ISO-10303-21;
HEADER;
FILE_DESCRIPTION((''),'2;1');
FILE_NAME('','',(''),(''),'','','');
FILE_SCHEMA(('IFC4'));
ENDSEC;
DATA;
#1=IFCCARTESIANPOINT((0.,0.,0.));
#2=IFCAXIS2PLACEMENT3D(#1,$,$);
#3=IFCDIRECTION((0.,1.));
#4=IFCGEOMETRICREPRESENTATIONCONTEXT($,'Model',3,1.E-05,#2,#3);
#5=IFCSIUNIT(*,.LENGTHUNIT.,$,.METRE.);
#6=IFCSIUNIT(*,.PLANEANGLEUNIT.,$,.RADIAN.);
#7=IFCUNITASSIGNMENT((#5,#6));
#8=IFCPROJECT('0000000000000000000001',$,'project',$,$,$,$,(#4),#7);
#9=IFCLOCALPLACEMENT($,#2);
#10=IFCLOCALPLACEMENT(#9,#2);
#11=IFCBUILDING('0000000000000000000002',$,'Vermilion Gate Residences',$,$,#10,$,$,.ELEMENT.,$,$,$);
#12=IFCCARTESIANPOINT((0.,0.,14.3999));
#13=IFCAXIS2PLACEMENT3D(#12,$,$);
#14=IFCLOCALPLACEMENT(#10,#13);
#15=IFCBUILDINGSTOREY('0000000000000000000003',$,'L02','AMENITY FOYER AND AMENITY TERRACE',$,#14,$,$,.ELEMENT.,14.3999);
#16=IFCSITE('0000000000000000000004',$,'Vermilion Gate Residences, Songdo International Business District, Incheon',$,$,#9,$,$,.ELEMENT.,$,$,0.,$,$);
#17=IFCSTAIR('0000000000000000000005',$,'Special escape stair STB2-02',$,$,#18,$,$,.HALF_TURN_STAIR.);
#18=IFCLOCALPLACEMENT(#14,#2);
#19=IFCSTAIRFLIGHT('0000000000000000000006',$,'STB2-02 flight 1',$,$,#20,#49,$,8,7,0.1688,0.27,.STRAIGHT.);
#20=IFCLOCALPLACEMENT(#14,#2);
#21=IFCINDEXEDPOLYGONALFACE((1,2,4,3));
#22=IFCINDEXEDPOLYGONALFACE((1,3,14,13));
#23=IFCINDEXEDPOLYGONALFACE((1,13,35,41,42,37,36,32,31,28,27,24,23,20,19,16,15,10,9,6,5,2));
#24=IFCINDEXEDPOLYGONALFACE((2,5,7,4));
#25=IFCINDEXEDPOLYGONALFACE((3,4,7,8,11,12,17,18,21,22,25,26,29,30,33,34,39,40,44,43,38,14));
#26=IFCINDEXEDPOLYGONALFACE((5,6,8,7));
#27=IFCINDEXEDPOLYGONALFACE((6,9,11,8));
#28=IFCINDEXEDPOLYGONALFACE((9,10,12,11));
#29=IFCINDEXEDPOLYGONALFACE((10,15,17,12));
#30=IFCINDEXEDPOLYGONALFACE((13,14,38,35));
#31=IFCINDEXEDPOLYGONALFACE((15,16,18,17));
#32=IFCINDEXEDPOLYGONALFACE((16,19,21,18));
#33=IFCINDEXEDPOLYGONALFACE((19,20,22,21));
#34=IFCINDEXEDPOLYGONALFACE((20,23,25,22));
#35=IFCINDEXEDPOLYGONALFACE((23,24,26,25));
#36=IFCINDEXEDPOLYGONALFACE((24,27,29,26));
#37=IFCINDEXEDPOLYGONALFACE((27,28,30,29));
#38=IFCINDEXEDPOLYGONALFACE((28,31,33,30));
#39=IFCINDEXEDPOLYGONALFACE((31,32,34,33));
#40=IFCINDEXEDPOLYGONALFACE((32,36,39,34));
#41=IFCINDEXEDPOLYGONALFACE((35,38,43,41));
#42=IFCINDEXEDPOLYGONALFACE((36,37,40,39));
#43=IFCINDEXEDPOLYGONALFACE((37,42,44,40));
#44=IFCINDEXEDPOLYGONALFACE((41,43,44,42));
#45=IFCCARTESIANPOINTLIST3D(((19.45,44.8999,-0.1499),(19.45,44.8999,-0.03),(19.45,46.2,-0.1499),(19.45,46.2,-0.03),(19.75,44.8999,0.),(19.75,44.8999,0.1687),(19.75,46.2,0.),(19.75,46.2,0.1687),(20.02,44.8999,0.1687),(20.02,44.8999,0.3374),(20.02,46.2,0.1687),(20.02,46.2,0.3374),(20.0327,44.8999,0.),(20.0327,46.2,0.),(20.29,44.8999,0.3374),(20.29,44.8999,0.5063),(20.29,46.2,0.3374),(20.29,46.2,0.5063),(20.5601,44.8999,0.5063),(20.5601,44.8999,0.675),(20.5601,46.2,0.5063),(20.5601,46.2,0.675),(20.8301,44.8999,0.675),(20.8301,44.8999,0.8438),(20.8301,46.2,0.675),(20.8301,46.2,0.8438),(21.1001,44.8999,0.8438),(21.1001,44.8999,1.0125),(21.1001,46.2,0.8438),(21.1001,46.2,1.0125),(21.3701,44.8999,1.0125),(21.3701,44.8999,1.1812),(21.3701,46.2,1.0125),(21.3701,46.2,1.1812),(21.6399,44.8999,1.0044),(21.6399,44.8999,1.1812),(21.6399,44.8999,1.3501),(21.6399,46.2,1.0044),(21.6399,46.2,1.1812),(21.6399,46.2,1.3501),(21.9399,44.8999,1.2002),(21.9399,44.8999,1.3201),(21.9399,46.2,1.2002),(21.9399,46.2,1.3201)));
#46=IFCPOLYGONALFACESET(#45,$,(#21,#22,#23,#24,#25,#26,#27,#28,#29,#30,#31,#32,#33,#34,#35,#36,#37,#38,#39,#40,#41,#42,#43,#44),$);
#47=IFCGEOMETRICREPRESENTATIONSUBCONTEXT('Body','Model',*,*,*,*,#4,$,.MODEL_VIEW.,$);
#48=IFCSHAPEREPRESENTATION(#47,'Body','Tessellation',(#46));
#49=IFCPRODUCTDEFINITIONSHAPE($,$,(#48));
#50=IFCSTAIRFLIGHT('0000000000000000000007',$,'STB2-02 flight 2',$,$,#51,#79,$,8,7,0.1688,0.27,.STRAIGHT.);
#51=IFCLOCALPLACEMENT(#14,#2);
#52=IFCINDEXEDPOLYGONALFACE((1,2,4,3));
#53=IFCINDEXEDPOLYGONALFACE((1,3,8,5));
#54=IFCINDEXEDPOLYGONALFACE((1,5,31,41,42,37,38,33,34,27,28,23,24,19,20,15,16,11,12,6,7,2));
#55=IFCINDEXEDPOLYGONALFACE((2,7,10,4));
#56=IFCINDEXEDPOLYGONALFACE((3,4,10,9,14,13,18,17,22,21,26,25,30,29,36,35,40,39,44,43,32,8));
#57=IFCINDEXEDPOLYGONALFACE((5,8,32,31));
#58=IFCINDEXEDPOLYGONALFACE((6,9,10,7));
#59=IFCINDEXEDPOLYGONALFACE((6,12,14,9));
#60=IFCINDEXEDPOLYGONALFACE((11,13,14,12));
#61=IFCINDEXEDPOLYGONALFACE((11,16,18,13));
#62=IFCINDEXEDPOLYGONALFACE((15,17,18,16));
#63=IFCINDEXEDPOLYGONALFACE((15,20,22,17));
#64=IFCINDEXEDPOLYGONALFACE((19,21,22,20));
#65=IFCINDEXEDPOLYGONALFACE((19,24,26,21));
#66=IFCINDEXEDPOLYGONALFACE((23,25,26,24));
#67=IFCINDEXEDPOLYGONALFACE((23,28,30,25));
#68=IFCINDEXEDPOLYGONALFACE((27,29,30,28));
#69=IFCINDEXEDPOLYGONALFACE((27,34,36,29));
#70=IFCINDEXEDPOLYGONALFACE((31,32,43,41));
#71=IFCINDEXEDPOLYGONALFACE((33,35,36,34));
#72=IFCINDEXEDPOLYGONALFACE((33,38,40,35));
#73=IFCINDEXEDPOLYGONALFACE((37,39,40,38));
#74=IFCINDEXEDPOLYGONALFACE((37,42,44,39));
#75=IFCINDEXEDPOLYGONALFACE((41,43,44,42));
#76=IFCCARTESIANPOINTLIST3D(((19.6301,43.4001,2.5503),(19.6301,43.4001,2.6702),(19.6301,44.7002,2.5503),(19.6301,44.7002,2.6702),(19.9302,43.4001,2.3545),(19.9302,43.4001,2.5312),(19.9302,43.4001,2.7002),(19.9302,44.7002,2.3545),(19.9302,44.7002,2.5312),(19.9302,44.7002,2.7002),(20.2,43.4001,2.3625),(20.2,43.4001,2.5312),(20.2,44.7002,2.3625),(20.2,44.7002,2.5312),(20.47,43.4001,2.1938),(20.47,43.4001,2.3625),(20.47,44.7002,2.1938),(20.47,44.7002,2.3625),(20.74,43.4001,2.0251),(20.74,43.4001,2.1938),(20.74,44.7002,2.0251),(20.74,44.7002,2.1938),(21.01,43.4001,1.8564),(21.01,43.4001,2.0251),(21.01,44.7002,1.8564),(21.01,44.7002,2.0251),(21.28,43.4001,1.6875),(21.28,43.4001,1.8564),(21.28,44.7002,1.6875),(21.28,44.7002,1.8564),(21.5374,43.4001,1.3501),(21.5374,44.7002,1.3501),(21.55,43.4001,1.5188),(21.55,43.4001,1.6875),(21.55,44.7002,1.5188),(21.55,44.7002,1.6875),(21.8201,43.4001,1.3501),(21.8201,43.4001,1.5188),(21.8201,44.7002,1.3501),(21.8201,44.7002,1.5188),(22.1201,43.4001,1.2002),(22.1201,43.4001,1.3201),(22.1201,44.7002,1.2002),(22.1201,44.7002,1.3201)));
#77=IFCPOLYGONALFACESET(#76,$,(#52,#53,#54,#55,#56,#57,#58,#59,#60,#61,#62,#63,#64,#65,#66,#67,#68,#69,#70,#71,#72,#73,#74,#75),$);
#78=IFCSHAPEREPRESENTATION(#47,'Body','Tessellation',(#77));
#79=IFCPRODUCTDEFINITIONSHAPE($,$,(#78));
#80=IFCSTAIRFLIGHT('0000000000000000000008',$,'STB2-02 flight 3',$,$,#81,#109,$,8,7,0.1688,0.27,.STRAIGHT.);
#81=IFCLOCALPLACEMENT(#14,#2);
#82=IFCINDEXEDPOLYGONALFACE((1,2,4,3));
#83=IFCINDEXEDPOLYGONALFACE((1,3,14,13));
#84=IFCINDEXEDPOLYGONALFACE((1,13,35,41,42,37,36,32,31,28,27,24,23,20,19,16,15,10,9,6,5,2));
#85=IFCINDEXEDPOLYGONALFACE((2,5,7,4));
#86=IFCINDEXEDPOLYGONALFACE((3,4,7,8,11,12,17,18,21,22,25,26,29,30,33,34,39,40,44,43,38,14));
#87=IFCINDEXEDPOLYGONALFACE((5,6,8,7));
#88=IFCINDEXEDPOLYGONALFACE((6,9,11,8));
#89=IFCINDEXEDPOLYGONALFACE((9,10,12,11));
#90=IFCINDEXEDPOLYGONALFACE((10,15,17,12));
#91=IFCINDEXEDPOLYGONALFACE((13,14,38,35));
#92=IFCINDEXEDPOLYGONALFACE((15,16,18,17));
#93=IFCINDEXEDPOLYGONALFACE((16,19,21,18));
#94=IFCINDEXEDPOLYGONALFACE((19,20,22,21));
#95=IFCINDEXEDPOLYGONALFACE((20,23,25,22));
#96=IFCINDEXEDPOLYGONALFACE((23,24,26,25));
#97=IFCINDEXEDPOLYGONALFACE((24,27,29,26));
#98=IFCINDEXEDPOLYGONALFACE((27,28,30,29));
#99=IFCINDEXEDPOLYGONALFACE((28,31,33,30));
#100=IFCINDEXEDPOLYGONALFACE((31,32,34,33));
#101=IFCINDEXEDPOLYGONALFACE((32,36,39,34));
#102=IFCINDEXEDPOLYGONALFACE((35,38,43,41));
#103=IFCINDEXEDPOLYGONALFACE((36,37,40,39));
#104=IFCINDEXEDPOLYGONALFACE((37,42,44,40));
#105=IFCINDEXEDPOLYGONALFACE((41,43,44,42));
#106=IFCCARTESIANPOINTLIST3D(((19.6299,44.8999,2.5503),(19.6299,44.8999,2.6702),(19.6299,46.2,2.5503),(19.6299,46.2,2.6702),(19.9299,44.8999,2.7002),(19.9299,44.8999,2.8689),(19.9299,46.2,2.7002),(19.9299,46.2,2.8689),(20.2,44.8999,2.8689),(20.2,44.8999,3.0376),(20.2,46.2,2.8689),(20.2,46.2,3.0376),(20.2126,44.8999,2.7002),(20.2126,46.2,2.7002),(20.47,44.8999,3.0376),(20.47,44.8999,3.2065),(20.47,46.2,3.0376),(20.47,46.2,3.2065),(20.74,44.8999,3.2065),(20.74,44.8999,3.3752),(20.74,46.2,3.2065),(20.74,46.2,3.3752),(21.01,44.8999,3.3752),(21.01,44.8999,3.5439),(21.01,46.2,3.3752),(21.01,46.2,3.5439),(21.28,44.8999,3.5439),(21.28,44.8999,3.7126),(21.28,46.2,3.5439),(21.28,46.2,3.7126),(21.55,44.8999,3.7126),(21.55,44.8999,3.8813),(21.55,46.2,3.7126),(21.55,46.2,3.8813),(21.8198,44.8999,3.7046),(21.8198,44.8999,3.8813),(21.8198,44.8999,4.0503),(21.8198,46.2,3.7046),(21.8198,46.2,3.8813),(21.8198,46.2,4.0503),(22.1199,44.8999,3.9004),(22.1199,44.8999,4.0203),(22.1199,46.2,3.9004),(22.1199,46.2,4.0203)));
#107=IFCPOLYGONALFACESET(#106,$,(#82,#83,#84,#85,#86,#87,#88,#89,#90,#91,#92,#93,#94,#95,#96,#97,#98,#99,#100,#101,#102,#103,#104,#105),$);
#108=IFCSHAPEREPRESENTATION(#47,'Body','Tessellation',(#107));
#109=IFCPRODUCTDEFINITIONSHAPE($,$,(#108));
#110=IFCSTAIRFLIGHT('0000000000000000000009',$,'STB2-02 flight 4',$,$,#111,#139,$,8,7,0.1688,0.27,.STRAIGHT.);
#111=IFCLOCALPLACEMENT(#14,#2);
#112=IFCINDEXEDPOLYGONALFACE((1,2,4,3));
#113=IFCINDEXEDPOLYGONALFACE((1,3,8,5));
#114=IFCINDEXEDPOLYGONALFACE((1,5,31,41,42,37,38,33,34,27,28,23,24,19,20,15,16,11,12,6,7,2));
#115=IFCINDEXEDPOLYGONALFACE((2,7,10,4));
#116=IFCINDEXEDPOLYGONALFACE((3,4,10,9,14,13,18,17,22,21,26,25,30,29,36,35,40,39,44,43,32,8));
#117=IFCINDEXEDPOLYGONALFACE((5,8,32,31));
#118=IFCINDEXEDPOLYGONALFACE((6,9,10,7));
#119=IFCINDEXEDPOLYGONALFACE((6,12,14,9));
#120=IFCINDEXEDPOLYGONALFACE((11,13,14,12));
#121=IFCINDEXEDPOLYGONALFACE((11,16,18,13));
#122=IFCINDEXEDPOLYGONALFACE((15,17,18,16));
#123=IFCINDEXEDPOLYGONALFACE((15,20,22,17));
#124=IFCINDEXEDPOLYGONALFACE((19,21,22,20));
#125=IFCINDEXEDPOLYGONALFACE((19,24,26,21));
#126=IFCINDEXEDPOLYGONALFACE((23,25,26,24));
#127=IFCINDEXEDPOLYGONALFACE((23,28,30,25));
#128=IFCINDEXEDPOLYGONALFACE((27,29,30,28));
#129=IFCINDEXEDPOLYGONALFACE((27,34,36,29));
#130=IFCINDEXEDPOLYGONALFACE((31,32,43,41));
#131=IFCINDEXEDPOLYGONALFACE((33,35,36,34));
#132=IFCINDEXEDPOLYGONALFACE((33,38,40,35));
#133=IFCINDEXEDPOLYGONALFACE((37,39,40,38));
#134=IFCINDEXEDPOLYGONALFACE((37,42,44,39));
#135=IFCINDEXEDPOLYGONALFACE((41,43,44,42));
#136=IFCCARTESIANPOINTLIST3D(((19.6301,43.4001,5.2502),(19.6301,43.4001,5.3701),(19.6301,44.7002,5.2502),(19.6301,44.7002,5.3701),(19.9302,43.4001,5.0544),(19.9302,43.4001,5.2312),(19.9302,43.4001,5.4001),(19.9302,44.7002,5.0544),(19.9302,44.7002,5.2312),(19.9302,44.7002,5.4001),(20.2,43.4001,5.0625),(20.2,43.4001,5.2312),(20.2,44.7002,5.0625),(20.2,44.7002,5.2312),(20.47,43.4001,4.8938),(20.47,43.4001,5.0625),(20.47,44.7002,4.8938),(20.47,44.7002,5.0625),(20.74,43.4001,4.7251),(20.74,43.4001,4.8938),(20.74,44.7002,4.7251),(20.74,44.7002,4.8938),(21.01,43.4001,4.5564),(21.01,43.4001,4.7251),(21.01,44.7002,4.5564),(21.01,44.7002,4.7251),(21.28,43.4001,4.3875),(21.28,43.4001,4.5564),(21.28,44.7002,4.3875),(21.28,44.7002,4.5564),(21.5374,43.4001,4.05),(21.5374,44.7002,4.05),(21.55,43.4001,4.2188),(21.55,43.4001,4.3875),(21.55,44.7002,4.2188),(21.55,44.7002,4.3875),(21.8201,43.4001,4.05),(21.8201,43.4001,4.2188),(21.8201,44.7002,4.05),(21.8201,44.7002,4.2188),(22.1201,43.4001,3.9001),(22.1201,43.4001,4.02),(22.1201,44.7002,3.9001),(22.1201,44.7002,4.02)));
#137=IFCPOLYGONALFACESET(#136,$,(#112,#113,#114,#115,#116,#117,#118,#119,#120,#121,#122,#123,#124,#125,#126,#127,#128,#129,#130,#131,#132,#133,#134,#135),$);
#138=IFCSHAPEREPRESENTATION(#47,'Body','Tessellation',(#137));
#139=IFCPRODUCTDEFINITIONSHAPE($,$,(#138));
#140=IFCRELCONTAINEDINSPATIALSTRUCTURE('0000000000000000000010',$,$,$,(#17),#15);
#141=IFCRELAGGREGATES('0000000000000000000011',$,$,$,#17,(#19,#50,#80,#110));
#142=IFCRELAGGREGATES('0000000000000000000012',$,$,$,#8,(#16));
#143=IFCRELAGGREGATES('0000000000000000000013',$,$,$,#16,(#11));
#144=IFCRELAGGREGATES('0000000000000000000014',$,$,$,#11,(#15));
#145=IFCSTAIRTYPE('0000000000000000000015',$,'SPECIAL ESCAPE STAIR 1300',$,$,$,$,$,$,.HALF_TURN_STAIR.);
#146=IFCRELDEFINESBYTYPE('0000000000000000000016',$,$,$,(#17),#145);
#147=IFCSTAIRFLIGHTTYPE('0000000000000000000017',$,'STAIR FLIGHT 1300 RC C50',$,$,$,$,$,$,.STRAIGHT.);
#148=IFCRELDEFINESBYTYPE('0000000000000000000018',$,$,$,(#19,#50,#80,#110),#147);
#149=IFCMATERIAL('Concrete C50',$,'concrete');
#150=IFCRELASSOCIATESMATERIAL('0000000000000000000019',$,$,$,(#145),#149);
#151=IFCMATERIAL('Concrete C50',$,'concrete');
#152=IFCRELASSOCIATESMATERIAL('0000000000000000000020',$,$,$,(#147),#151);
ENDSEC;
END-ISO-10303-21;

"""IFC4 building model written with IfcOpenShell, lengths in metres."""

from ifc_helpers import new_model, si_unit, direction, frame, origin, place, context, subcontext, project, spatial, polyline, outline, extrude, material, type_object, element, aggregate, save


model = new_model("IFC4")

# Units and contexts
model_context = context("Model", 3, precision=1e-05, world=origin(), true_north=direction((0.0, 1.0)))
body_context = subcontext(model_context, "Body", "Model", "MODEL_VIEW")
ifc_project = project(units=[si_unit("LENGTHUNIT", "METRE"), si_unit("PLANEANGLEUNIT", "RADIAN")], contexts=[model_context])

# Site, building, storey
site_placement = place(None, origin())
site = spatial("IfcSite", under=ifc_project, at=site_placement, Name="Vermilion Gate Residences, Songdo International Business District, Incheon", CompositionType="ELEMENT", RefElevation=0.0)
building_placement = place(site_placement, origin())
building = spatial("IfcBuilding", under=site, at=building_placement, Name="Vermilion Gate Residences", CompositionType="ELEMENT")
storey_placement = place(building_placement, frame((0.0, 0.0, 14.3999)))
storey = spatial("IfcBuildingStorey", under=building, at=storey_placement, Name="L02", Description="AMENITY FOYER AND AMENITY TERRACE", CompositionType="ELEMENT", Elevation=14.3999)

# Stair, stair flights
ifc_material_1 = material(Name="Concrete C50", Category="concrete")
stair_type = type_object("IfcStairType", Name="SPECIAL ESCAPE STAIR 1300", PredefinedType="HALF_TURN_STAIR", material=ifc_material_1)
stair_placement = place(storey_placement, origin())
stair = element("IfcStair", 1, at=stair_placement, inside=storey, type_object=stair_type, Name="Special escape stair STB2-02", PredefinedType="HALF_TURN_STAIR")
ifc_material_2 = material(Name="Concrete C50", Category="concrete")
stair_flight_type = type_object("IfcStairFlightType", Name="STAIR FLIGHT 1300 RC C50", PredefinedType="STRAIGHT", material=ifc_material_2)
stair_flight_1_placement = place(storey_placement, frame((19.75, 45.55, 0.0), z_axis=(0.0, 0.0, 1.0), x_axis=(1.0, 0.0, 0.0)))
stair_flight_1 = element("IfcStairFlight", 2, at=stair_flight_1_placement, type_object=stair_flight_type, Name="STB2-02 flight 1", NumberOfRisers=8, NumberOfTreads=7, PredefinedType="STRAIGHT", RiserHeight=0.1688, TreadLength=0.27, context=body_context, shape_type="SweptSolid", body=[
    extrude(outline(polyline([(-0.3, -0.1499), (-0.3, -0.03), (0.0, 0.0), (0.0, 0.1687), (0.27, 0.1687), (0.27, 0.3374), (0.54, 0.3374), (0.54, 0.5063), (0.8101, 0.5063), (0.8101, 0.675), (1.0801, 0.675), (1.0801, 0.8438), (1.3501, 0.8438), (1.3501, 1.0125), (1.6201, 1.0125), (1.6201, 1.1812), (1.8899, 1.1812), (1.8899, 1.3501), (2.1899, 1.3201), (2.1899, 1.2002), (1.8899, 1.0044), (0.2827, 0.0), (-0.3, -0.1499)])), frame((0.0, 0.6499, 0.0), z_axis=(0.0, -1.0, 0.0), x_axis=(1.0, 0.0, 0.0)), (0.0, 0.0, 1.0), 1.3),
])
stair_flight_2_placement = place(storey_placement, frame((21.8201, 44.05, 1.3501), z_axis=(0.0, 0.0, 1.0), x_axis=(-1.0, 0.0, 0.0)))
stair_flight_2 = element("IfcStairFlight", 3, at=stair_flight_2_placement, type_object=stair_flight_type, Name="STB2-02 flight 2", NumberOfRisers=8, NumberOfTreads=7, PredefinedType="STRAIGHT", RiserHeight=0.1688, TreadLength=0.27, context=body_context, shape_type="SweptSolid", body=[
    extrude(outline(polyline([(-0.3, -0.1499), (-0.3, -0.03), (0.0, 0.0), (0.0, 0.1687), (0.27, 0.1687), (0.27, 0.3374), (0.54, 0.3374), (0.54, 0.5063), (0.8101, 0.5063), (0.8101, 0.675), (1.0801, 0.675), (1.0801, 0.8438), (1.3501, 0.8438), (1.3501, 1.0125), (1.6201, 1.0125), (1.6201, 1.1812), (1.8899, 1.1812), (1.8899, 1.3501), (2.1899, 1.3201), (2.1899, 1.2002), (1.8899, 1.0044), (0.2827, 0.0), (-0.3, -0.1499)])), frame((0.0, 0.6499, 0.0), z_axis=(0.0, -1.0, 0.0), x_axis=(1.0, 0.0, 0.0)), (0.0, 0.0, 1.0), 1.3),
])
stair_flight_3_placement = place(storey_placement, frame((19.9299, 45.55, 2.7002), z_axis=(0.0, 0.0, 1.0), x_axis=(1.0, 0.0, 0.0)))
stair_flight_3 = element("IfcStairFlight", 4, at=stair_flight_3_placement, type_object=stair_flight_type, Name="STB2-02 flight 3", NumberOfRisers=8, NumberOfTreads=7, PredefinedType="STRAIGHT", RiserHeight=0.1688, TreadLength=0.27, context=body_context, shape_type="SweptSolid", body=[
    extrude(outline(polyline([(-0.3, -0.1499), (-0.3, -0.03), (0.0, 0.0), (0.0, 0.1687), (0.27, 0.1687), (0.27, 0.3374), (0.54, 0.3374), (0.54, 0.5063), (0.8101, 0.5063), (0.8101, 0.675), (1.0801, 0.675), (1.0801, 0.8438), (1.3501, 0.8438), (1.3501, 1.0125), (1.6201, 1.0125), (1.6201, 1.1812), (1.8899, 1.1812), (1.8899, 1.3501), (2.1899, 1.3201), (2.1899, 1.2002), (1.8899, 1.0044), (0.2827, 0.0), (-0.3, -0.1499)])), frame((0.0, 0.6499, 0.0), z_axis=(0.0, -1.0, 0.0), x_axis=(1.0, 0.0, 0.0)), (0.0, 0.0, 1.0), 1.3),
])
stair_flight_4_placement = place(storey_placement, frame((21.8201, 44.05, 4.05), z_axis=(0.0, 0.0, 1.0), x_axis=(-1.0, 0.0, 0.0)))
stair_flight_4 = element("IfcStairFlight", 5, at=stair_flight_4_placement, type_object=stair_flight_type, Name="STB2-02 flight 4", NumberOfRisers=8, NumberOfTreads=7, PredefinedType="STRAIGHT", RiserHeight=0.1688, TreadLength=0.27, context=body_context, shape_type="SweptSolid", body=[
    extrude(outline(polyline([(-0.3, -0.1499), (-0.3, -0.03), (0.0, 0.0), (0.0, 0.1687), (0.27, 0.1687), (0.27, 0.3374), (0.54, 0.3374), (0.54, 0.5063), (0.8101, 0.5063), (0.8101, 0.675), (1.0801, 0.675), (1.0801, 0.8438), (1.3501, 0.8438), (1.3501, 1.0125), (1.6201, 1.0125), (1.6201, 1.1812), (1.8899, 1.1812), (1.8899, 1.3501), (2.1899, 1.3201), (2.1899, 1.2002), (1.8899, 1.0044), (0.2827, 0.0), (-0.3, -0.1499)])), frame((0.0, 0.6499, 0.0), z_axis=(0.0, -1.0, 0.0), x_axis=(1.0, 0.0, 0.0)), (0.0, 0.0, 1.0), 1.3),
])
aggregate(stair, [stair_flight_1, stair_flight_2, stair_flight_3, stair_flight_4])

save(model, "model.ifc")
